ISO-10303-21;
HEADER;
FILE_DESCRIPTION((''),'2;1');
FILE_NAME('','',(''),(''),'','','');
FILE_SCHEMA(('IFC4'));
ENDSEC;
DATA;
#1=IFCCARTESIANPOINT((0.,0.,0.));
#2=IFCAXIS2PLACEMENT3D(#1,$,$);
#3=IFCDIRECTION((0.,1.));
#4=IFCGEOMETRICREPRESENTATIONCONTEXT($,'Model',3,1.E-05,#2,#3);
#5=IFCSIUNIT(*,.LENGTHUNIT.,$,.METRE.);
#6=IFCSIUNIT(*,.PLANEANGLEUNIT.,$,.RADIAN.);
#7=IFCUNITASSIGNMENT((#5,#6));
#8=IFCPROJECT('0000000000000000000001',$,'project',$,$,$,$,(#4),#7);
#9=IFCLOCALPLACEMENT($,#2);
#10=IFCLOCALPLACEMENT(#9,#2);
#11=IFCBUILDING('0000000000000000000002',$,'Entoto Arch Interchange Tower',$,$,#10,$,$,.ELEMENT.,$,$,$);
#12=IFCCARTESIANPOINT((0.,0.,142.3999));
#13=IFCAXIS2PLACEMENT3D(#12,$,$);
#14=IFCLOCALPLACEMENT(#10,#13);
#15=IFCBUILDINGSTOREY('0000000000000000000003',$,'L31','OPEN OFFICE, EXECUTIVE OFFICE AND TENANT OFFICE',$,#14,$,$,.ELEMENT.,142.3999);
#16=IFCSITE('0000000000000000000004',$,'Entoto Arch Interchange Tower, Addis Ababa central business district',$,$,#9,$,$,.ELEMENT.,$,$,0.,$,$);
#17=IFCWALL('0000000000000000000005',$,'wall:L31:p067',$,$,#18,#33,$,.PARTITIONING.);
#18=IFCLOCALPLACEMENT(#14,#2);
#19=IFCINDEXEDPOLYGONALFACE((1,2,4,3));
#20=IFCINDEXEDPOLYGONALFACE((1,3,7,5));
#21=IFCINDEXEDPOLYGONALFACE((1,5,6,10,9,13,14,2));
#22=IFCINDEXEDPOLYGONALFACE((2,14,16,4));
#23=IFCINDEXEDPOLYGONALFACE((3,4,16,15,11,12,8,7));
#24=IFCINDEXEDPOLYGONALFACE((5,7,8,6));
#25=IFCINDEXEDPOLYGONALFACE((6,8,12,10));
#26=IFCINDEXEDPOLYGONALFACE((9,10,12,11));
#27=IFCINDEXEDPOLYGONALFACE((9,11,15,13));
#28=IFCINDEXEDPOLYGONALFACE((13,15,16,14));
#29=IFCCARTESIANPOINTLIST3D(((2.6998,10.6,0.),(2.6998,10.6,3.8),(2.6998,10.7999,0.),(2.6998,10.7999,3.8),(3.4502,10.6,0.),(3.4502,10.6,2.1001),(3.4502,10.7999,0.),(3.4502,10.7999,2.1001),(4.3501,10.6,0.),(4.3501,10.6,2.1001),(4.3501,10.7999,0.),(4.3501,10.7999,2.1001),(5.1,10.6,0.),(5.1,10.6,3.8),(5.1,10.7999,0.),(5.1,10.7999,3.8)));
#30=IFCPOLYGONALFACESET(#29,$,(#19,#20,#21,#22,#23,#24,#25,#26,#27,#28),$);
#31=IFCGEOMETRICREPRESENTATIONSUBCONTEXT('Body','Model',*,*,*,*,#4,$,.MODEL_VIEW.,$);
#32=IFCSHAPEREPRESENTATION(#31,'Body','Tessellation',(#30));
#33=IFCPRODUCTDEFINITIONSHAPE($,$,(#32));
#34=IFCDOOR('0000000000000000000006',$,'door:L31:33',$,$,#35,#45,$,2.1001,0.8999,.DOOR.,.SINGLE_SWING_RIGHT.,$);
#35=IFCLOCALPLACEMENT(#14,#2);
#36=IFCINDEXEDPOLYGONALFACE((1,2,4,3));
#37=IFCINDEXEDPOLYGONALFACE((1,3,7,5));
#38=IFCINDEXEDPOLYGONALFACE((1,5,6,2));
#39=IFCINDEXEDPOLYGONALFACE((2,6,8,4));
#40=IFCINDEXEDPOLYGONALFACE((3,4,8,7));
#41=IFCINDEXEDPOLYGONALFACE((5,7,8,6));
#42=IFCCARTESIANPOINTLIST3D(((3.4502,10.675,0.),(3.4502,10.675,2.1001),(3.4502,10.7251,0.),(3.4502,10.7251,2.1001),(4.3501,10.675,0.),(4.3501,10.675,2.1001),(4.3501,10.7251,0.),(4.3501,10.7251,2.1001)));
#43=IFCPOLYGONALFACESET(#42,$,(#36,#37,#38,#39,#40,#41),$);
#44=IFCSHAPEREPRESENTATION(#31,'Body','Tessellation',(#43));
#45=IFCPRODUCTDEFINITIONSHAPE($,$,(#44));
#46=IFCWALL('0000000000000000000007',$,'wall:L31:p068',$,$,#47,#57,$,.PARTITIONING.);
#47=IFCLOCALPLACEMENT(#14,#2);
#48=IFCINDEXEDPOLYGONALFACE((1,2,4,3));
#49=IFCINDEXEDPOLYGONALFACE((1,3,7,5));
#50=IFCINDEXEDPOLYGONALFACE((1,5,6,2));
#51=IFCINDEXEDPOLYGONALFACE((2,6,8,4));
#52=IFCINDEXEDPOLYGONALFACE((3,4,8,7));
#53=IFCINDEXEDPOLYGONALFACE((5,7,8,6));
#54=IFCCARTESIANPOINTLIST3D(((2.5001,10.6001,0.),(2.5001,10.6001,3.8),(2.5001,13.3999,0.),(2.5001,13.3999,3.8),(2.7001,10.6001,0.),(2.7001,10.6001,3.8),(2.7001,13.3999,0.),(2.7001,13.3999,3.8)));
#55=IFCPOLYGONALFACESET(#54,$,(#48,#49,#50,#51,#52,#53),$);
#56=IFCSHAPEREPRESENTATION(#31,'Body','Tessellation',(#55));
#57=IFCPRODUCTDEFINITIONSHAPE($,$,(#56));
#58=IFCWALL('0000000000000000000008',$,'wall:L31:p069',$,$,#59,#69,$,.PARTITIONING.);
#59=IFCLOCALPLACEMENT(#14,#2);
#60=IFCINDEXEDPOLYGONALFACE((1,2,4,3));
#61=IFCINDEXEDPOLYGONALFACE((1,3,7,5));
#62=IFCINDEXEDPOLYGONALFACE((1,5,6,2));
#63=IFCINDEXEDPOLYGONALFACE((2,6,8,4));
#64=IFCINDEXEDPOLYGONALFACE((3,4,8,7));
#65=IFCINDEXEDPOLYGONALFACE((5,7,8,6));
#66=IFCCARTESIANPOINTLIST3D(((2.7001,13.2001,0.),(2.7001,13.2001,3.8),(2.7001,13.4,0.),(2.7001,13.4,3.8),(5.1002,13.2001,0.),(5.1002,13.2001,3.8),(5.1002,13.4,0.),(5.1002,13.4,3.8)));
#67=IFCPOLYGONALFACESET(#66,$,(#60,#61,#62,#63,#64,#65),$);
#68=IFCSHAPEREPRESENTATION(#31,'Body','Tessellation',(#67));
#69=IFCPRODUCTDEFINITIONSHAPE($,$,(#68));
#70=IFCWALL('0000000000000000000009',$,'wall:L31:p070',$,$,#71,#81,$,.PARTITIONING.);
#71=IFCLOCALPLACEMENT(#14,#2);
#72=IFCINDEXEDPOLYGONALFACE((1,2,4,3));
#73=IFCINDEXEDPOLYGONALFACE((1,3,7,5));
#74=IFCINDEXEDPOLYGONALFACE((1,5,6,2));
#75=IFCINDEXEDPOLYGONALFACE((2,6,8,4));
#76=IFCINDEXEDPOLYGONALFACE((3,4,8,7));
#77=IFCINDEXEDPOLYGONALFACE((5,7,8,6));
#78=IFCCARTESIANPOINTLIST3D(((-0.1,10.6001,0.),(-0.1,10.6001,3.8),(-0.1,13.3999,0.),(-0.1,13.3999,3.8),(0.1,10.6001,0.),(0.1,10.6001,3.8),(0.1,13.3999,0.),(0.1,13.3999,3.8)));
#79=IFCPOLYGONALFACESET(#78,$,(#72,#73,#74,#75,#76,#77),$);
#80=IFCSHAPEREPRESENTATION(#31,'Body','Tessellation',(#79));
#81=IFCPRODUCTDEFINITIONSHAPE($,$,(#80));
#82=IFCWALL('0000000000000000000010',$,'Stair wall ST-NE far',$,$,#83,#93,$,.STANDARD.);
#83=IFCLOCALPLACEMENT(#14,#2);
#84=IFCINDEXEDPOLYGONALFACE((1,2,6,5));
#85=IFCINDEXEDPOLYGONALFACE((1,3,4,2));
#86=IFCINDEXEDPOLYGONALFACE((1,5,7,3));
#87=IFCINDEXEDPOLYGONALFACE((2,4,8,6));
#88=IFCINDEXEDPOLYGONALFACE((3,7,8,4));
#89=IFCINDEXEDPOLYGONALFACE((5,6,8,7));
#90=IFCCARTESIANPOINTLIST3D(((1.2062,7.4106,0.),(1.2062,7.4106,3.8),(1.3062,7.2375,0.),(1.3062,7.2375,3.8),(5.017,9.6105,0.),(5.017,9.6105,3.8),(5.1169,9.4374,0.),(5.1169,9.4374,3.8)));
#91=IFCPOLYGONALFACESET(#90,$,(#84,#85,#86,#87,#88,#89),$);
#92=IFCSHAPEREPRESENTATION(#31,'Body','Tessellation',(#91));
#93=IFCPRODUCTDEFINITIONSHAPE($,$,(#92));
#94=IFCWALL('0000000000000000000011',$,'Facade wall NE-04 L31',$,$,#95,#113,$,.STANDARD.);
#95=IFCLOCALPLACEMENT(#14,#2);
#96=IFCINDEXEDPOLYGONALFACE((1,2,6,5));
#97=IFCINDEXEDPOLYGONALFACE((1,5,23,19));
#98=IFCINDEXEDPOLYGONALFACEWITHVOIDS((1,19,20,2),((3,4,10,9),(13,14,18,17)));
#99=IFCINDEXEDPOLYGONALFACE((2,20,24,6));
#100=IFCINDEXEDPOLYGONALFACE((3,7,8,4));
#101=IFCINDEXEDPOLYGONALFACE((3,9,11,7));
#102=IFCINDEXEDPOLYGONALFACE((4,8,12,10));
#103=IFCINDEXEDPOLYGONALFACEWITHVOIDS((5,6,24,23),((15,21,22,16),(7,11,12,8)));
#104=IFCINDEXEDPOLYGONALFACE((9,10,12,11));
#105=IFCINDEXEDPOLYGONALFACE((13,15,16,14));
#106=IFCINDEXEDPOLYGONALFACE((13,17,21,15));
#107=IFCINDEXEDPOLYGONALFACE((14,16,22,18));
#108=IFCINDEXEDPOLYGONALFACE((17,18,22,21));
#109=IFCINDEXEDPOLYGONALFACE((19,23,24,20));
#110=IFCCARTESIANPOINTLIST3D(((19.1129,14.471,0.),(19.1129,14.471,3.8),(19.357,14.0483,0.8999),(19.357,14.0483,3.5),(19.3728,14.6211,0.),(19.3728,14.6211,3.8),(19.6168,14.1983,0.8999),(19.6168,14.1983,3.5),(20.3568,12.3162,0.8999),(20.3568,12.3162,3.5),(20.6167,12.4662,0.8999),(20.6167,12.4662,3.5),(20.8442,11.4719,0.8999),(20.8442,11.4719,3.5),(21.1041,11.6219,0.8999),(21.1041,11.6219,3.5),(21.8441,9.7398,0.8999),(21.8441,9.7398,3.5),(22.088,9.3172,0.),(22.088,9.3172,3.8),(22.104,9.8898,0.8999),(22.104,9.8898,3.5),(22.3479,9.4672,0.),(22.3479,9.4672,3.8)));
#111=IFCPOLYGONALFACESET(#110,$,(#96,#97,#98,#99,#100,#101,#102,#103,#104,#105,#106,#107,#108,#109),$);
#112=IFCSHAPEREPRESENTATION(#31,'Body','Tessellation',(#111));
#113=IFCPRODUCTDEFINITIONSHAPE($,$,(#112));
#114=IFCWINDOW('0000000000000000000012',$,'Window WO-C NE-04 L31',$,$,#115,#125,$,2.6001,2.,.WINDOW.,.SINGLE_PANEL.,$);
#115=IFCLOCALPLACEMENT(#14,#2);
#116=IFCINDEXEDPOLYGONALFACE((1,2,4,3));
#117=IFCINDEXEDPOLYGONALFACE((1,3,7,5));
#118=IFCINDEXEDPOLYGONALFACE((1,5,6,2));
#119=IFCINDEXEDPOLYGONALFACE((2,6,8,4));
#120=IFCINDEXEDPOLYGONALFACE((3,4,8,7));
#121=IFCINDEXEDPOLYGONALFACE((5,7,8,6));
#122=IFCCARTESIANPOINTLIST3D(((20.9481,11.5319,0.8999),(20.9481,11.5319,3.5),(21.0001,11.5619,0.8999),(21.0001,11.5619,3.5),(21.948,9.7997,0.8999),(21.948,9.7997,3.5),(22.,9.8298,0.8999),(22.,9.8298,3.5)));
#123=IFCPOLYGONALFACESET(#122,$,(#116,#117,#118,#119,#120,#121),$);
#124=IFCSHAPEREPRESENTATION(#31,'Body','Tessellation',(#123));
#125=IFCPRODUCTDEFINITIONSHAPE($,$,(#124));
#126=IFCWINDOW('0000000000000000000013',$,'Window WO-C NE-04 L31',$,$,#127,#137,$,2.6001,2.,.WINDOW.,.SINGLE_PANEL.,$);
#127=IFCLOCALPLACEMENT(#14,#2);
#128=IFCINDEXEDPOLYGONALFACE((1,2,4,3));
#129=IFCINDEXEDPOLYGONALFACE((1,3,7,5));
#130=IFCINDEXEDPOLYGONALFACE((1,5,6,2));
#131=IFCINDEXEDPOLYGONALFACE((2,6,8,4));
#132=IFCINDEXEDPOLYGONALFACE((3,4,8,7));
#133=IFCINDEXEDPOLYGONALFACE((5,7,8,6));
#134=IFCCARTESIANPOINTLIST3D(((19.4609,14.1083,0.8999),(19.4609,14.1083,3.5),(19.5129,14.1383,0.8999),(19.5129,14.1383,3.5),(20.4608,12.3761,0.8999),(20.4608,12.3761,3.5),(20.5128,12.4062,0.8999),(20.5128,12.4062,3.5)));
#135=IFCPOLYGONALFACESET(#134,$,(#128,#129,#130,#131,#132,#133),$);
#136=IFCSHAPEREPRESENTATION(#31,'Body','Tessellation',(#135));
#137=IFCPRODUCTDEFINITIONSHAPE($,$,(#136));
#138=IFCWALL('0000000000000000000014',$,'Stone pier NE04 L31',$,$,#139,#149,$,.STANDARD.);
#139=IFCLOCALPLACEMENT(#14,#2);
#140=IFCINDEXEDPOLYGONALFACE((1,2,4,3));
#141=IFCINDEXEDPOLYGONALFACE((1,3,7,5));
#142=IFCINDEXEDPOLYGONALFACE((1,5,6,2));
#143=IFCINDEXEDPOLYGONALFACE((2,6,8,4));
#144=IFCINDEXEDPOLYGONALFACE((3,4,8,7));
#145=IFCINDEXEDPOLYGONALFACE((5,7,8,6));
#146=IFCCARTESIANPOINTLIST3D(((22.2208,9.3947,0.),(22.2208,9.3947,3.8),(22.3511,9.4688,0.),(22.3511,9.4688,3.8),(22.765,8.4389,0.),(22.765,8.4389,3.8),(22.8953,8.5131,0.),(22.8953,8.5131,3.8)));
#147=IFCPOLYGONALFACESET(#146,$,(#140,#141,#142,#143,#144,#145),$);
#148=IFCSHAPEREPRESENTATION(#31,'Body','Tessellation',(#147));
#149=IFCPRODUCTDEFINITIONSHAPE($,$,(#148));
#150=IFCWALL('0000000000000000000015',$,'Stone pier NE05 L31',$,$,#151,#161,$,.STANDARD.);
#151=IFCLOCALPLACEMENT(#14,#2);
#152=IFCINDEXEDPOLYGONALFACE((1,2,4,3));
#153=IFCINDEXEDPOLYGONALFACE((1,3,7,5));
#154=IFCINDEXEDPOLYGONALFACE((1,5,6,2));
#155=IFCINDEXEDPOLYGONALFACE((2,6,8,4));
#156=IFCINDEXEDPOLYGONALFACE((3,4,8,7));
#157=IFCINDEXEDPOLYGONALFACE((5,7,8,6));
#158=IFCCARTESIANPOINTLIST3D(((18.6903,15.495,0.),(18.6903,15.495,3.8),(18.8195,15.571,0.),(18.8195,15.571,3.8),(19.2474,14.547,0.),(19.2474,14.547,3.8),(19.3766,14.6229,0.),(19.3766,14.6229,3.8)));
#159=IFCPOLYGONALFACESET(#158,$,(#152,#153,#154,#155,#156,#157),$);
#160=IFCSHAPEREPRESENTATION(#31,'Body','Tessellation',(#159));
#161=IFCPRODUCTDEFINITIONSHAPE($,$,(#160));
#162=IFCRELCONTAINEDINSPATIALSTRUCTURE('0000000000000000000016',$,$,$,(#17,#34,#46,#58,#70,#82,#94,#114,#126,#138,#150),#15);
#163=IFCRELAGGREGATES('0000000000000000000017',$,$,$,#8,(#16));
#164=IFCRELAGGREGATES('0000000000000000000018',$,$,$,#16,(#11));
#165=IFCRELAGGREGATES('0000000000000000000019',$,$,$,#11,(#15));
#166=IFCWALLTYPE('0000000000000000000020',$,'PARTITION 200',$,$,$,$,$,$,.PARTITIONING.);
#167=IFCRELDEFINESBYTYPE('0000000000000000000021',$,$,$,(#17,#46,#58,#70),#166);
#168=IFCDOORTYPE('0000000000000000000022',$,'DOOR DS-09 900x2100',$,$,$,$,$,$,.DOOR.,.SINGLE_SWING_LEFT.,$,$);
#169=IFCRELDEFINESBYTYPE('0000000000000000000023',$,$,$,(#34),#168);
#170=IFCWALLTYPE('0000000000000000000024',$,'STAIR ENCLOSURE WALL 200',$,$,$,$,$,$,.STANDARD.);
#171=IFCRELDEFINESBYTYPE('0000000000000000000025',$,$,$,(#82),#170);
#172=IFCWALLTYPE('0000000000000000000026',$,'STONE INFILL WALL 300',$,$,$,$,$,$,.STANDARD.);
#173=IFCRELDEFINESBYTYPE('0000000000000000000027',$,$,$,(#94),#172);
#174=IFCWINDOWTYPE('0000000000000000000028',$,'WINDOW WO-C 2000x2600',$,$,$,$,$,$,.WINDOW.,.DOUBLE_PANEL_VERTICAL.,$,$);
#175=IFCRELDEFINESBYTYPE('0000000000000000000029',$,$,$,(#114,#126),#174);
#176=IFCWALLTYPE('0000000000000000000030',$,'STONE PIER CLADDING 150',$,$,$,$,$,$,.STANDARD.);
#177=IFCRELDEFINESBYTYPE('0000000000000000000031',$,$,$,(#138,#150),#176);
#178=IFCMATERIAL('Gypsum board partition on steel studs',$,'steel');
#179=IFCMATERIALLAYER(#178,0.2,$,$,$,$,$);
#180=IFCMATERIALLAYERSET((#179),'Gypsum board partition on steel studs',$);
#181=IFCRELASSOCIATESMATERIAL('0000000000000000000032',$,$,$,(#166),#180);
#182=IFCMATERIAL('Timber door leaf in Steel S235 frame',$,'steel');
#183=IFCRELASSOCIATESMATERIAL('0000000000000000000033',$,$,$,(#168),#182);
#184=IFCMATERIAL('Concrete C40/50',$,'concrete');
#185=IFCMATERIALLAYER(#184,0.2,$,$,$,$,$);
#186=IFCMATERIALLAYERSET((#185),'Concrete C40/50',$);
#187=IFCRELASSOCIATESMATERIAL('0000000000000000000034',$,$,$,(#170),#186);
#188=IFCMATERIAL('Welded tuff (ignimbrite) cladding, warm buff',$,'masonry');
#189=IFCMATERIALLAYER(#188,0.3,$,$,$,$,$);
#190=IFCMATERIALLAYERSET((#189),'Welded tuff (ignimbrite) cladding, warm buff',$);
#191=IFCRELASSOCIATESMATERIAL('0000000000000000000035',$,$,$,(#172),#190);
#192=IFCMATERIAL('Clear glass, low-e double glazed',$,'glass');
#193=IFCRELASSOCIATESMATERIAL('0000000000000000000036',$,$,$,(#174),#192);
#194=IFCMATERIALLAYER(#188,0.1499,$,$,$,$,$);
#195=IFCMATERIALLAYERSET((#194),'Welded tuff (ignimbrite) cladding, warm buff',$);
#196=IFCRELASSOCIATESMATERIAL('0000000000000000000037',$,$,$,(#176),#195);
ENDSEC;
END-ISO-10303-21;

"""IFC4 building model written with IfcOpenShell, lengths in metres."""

from ifc_helpers import new_model, si_unit, direction, frame, frame_2d, origin, place, context, subcontext, project, spatial, rectangle, extrude, material, layer, layer_set, type_object, element, fill, save


model = new_model("IFC4")

# Units and contexts
model_context = context("Model", 3, precision=1e-05, world=origin(), true_north=direction((0.0, 1.0)))
body_context = subcontext(model_context, "Body", "Model", "MODEL_VIEW")
ifc_project = project(units=[si_unit("LENGTHUNIT", "METRE"), si_unit("PLANEANGLEUNIT", "RADIAN")], contexts=[model_context])

# Site, building, storey
site_placement = place(None, origin())
site = spatial("IfcSite", under=ifc_project, at=site_placement, Name="Entoto Arch Interchange Tower, Addis Ababa central business district", CompositionType="ELEMENT", RefElevation=0.0)
building_placement = place(site_placement, origin())
building = spatial("IfcBuilding", under=site, at=building_placement, Name="Entoto Arch Interchange Tower", CompositionType="ELEMENT")
storey_placement = place(building_placement, frame((0.0, 0.0, 142.3999)))
storey = spatial("IfcBuildingStorey", under=building, at=storey_placement, Name="L31", Description="OPEN OFFICE, EXECUTIVE OFFICE AND TENANT OFFICE", CompositionType="ELEMENT", Elevation=142.3999)

# Shared definitions
ifc_material_1 = material(Name="Gypsum board partition on steel studs", Category="steel")
ifc_layer_1 = layer(ifc_material_1, 0.2)
ifc_layer_set_1 = layer_set([ifc_layer_1], Name="Gypsum board partition on steel studs")
wall_type_1 = type_object("IfcWallType", Name="PARTITION 200", PredefinedType="PARTITIONING", material=ifc_layer_set_1)

# Wall, opening, door
wall_1_placement = place(storey_placement, frame((5.1001, 10.7, 0.0), z_axis=(0.0, 0.0, 1.0), x_axis=(-1.0, 0.0, 0.0)))
wall_1 = element("IfcWall", 1, at=wall_1_placement, inside=storey, type_object=wall_type_1, Name="wall:L31:p067", PredefinedType="PARTITIONING", context=body_context, shape_type="SweptSolid", body=[
    extrude(rectangle(XDim=2.4001, YDim=0.2, at=frame_2d((1.2002, 0.0))), origin(), (0.0, 0.0, 1.0), 3.8),
])
opening_1_placement = place(wall_1_placement, frame((0.75, 0.0, 0.0)))
opening_1 = element("IfcOpeningElement", 2, at=opening_1_placement, cuts=wall_1, PredefinedType="OPENING", context=body_context, shape_type="SweptSolid", body=[
    extrude(rectangle(XDim=0.8999, YDim=2.1001, at=frame_2d((0.45, 1.05))), frame((0.0, 0.1099, 0.0), z_axis=(0.0, -1.0, 0.0), x_axis=(1.0, 0.0, 0.0)), (0.0, 0.0, 1.0), 0.22),
])
ifc_material_2 = material(Name="Timber door leaf in Steel S235 frame", Category="steel")
door_type_1 = type_object("IfcDoorType", Name="DOOR DS-09 900x2100", OperationType="SINGLE_SWING_LEFT", PredefinedType="DOOR", material=ifc_material_2)
door_1_placement = place(opening_1_placement, origin())
door_1 = element("IfcDoor", 3, at=door_1_placement, inside=storey, type_object=door_type_1, Name="door:L31:33", OperationType="SINGLE_SWING_RIGHT", OverallHeight=2.1001, OverallWidth=0.8999, PredefinedType="DOOR", context=body_context, shape_type="SweptSolid", body=[
    extrude(rectangle(XDim=0.8999, YDim=2.1001, at=frame_2d((0.45, 1.05))), frame((0.0, 0.0249, 0.0), z_axis=(0.0, -1.0, 0.0), x_axis=(1.0, 0.0, 0.0)), (0.0, 0.0, 1.0), 0.05),
])
fill(opening_1, door_1)

# Walls
wall_2_placement = place(storey_placement, frame((2.6001, 10.6001, 0.0), z_axis=(0.0, 0.0, 1.0), x_axis=(0.0, 1.0, 0.0)))
element("IfcWall", 4, at=wall_2_placement, inside=storey, type_object=wall_type_1, Name="wall:L31:p068", PredefinedType="PARTITIONING", context=body_context, shape_type="SweptSolid", body=[
    extrude(rectangle(XDim=2.7998, YDim=0.2, at=frame_2d((1.3999, 0.0))), origin(), (0.0, 0.0, 1.0), 3.8),
])
wall_3_placement = place(storey_placement, frame((2.7, 13.3, 0.0), z_axis=(0.0, 0.0, 1.0), x_axis=(1.0, 0.0, 0.0)))
element("IfcWall", 5, at=wall_3_placement, inside=storey, type_object=wall_type_1, Name="wall:L31:p069", PredefinedType="PARTITIONING", context=body_context, shape_type="SweptSolid", body=[
    extrude(rectangle(XDim=2.4001, YDim=0.2, at=frame_2d((1.2002, 0.0))), origin(), (0.0, 0.0, 1.0), 3.8),
])
wall_4_placement = place(storey_placement, frame((0.0, 13.3999, 0.0), z_axis=(0.0, 0.0, 1.0), x_axis=(0.0, -1.0, 0.0)))
element("IfcWall", 6, at=wall_4_placement, inside=storey, type_object=wall_type_1, Name="wall:L31:p070", PredefinedType="PARTITIONING", context=body_context, shape_type="SweptSolid", body=[
    extrude(rectangle(XDim=2.7998, YDim=0.2, at=frame_2d((1.3999, 0.0))), origin(), (0.0, 0.0, 1.0), 3.8),
])
ifc_material_3 = material(Name="Concrete C40/50", Category="concrete")
ifc_layer_2 = layer(ifc_material_3, 0.2)
ifc_layer_set_2 = layer_set([ifc_layer_2], Name="Concrete C40/50")
wall_type_2 = type_object("IfcWallType", Name="STAIR ENCLOSURE WALL 200", PredefinedType="STANDARD", material=ifc_layer_set_2)
wall_5_placement = place(storey_placement, frame((1.2561, 7.324, 0.0), z_axis=(0.0, 0.0, 1.0), x_axis=(0.866046, 0.499964, 0.0)))
element("IfcWall", 7, at=wall_5_placement, inside=storey, type_object=wall_type_2, Name="Stair wall ST-NE far", PredefinedType="STANDARD", context=body_context, shape_type="SweptSolid", body=[
    extrude(rectangle(XDim=4.4001, YDim=0.2, at=frame_2d((2.2002, 0.0))), origin(), (0.0, 0.0, 1.0), 3.8),
])

# Wall, openings, windows
ifc_material_4 = material(Name="Welded tuff (ignimbrite) cladding, warm buff", Category="masonry")
ifc_layer_3 = layer(ifc_material_4, 0.3)
ifc_layer_set_3 = layer_set([ifc_layer_3], Name="Welded tuff (ignimbrite) cladding, warm buff")
wall_type_3 = type_object("IfcWallType", Name="STONE INFILL WALL 300", PredefinedType="STANDARD", material=ifc_layer_set_3)
wall_6_placement = place(storey_placement, frame((22.218, 9.3921, 0.0), z_axis=(0.0, 0.0, 1.0), x_axis=(-0.499943, 0.866059, 0.0)))
wall_6 = element("IfcWall", 8, at=wall_6_placement, inside=storey, type_object=wall_type_3, Name="Facade wall NE-04 L31", PredefinedType="STANDARD", context=body_context, shape_type="SweptSolid", body=[
    extrude(rectangle(XDim=5.9509, YDim=0.3, at=frame_2d((2.9756, 0.0))), origin(), (0.0, 0.0, 1.0), 3.8),
])
opening_2_placement = place(wall_6_placement, frame((0.488, 0.0, 0.8999)))
opening_2 = element("IfcOpeningElement", 9, at=opening_2_placement, cuts=wall_6, PredefinedType="OPENING", context=body_context, shape_type="SweptSolid", body=[
    extrude(rectangle(XDim=2.0, YDim=2.6001, at=frame_2d((1.0, 1.3))), frame((0.0, 0.1602, 0.0), z_axis=(0.0, -1.0, 0.0), x_axis=(1.0, 0.0, 0.0)), (0.0, 0.0, 1.0), 0.3201),
])
opening_3_placement = place(wall_6_placement, frame((3.4629, 0.0, 0.8999)))
opening_3 = element("IfcOpeningElement", 10, at=opening_3_placement, cuts=wall_6, PredefinedType="OPENING", context=body_context, shape_type="SweptSolid", body=[
    extrude(rectangle(XDim=2.0, YDim=2.6001, at=frame_2d((1.0, 1.3))), frame((0.0, 0.1602, 0.0), z_axis=(0.0, -1.0, 0.0), x_axis=(1.0, 0.0, 0.0)), (0.0, 0.0, 1.0), 0.3201),
])
ifc_material_5 = material(Name="Clear glass, low-e double glazed", Category="glass")
window_type = type_object("IfcWindowType", Name="WINDOW WO-C 2000x2600", PartitioningType="DOUBLE_PANEL_VERTICAL", PredefinedType="WINDOW", material=ifc_material_5)
window_1_placement = place(opening_2_placement, origin())
window_1 = element("IfcWindow", 11, at=window_1_placement, inside=storey, type_object=window_type, Name="Window WO-C NE-04 L31", OverallHeight=2.6001, OverallWidth=2.0, PartitioningType="SINGLE_PANEL", PredefinedType="WINDOW", context=body_context, shape_type="SweptSolid", body=[
    extrude(rectangle(XDim=2.0, YDim=2.6001, at=frame_2d((1.0, 1.3))), frame((0.0, 0.03, 0.0), z_axis=(0.0, -1.0, 0.0), x_axis=(1.0, 0.0, 0.0)), (0.0, 0.0, 1.0), 0.0601),
])
fill(opening_2, window_1)
window_2_placement = place(opening_3_placement, origin())
window_2 = element("IfcWindow", 12, at=window_2_placement, inside=storey, type_object=window_type, Name="Window WO-C NE-04 L31", OverallHeight=2.6001, OverallWidth=2.0, PartitioningType="SINGLE_PANEL", PredefinedType="WINDOW", context=body_context, shape_type="SweptSolid", body=[
    extrude(rectangle(XDim=2.0, YDim=2.6001, at=frame_2d((1.0, 1.3))), frame((0.0, 0.03, 0.0), z_axis=(0.0, -1.0, 0.0), x_axis=(1.0, 0.0, 0.0)), (0.0, 0.0, 1.0), 0.0601),
])
fill(opening_3, window_2)

# Walls
ifc_layer_4 = layer(ifc_material_4, 0.1499)
ifc_layer_set_4 = layer_set([ifc_layer_4], Name="Welded tuff (ignimbrite) cladding, warm buff")
wall_type_4 = type_object("IfcWallType", Name="STONE PIER CLADDING 150", PredefinedType="STANDARD", material=ifc_layer_set_4)
wall_7_placement = place(storey_placement, frame((22.8301, 8.4761, 0.0), z_axis=(0.0, 0.0, 1.0), x_axis=(-0.494776, 0.869021, 0.0)))
element("IfcWall", 13, at=wall_7_placement, inside=storey, type_object=wall_type_4, Name="Stone pier NE04 L31", PredefinedType="STANDARD", context=body_context, shape_type="SweptSolid", body=[
    extrude(rectangle(XDim=1.0999, YDim=0.1499, at=frame_2d((0.5498, 0.0))), origin(), (0.0, 0.0, 1.0), 3.8),
])
wall_8_placement = place(storey_placement, frame((19.312, 14.585, 0.0), z_axis=(0.0, 0.0, 1.0), x_axis=(-0.506671, 0.86214, 0.0)))
element("IfcWall", 14, at=wall_8_placement, inside=storey, type_object=wall_type_4, Name="Stone pier NE05 L31", PredefinedType="STANDARD", context=body_context, shape_type="SweptSolid", body=[
    extrude(rectangle(XDim=1.0996, YDim=0.1499, at=frame_2d((0.5498, 0.0))), origin(), (0.0, 0.0, 1.0), 3.8),
])

save(model, "model.ifc")
